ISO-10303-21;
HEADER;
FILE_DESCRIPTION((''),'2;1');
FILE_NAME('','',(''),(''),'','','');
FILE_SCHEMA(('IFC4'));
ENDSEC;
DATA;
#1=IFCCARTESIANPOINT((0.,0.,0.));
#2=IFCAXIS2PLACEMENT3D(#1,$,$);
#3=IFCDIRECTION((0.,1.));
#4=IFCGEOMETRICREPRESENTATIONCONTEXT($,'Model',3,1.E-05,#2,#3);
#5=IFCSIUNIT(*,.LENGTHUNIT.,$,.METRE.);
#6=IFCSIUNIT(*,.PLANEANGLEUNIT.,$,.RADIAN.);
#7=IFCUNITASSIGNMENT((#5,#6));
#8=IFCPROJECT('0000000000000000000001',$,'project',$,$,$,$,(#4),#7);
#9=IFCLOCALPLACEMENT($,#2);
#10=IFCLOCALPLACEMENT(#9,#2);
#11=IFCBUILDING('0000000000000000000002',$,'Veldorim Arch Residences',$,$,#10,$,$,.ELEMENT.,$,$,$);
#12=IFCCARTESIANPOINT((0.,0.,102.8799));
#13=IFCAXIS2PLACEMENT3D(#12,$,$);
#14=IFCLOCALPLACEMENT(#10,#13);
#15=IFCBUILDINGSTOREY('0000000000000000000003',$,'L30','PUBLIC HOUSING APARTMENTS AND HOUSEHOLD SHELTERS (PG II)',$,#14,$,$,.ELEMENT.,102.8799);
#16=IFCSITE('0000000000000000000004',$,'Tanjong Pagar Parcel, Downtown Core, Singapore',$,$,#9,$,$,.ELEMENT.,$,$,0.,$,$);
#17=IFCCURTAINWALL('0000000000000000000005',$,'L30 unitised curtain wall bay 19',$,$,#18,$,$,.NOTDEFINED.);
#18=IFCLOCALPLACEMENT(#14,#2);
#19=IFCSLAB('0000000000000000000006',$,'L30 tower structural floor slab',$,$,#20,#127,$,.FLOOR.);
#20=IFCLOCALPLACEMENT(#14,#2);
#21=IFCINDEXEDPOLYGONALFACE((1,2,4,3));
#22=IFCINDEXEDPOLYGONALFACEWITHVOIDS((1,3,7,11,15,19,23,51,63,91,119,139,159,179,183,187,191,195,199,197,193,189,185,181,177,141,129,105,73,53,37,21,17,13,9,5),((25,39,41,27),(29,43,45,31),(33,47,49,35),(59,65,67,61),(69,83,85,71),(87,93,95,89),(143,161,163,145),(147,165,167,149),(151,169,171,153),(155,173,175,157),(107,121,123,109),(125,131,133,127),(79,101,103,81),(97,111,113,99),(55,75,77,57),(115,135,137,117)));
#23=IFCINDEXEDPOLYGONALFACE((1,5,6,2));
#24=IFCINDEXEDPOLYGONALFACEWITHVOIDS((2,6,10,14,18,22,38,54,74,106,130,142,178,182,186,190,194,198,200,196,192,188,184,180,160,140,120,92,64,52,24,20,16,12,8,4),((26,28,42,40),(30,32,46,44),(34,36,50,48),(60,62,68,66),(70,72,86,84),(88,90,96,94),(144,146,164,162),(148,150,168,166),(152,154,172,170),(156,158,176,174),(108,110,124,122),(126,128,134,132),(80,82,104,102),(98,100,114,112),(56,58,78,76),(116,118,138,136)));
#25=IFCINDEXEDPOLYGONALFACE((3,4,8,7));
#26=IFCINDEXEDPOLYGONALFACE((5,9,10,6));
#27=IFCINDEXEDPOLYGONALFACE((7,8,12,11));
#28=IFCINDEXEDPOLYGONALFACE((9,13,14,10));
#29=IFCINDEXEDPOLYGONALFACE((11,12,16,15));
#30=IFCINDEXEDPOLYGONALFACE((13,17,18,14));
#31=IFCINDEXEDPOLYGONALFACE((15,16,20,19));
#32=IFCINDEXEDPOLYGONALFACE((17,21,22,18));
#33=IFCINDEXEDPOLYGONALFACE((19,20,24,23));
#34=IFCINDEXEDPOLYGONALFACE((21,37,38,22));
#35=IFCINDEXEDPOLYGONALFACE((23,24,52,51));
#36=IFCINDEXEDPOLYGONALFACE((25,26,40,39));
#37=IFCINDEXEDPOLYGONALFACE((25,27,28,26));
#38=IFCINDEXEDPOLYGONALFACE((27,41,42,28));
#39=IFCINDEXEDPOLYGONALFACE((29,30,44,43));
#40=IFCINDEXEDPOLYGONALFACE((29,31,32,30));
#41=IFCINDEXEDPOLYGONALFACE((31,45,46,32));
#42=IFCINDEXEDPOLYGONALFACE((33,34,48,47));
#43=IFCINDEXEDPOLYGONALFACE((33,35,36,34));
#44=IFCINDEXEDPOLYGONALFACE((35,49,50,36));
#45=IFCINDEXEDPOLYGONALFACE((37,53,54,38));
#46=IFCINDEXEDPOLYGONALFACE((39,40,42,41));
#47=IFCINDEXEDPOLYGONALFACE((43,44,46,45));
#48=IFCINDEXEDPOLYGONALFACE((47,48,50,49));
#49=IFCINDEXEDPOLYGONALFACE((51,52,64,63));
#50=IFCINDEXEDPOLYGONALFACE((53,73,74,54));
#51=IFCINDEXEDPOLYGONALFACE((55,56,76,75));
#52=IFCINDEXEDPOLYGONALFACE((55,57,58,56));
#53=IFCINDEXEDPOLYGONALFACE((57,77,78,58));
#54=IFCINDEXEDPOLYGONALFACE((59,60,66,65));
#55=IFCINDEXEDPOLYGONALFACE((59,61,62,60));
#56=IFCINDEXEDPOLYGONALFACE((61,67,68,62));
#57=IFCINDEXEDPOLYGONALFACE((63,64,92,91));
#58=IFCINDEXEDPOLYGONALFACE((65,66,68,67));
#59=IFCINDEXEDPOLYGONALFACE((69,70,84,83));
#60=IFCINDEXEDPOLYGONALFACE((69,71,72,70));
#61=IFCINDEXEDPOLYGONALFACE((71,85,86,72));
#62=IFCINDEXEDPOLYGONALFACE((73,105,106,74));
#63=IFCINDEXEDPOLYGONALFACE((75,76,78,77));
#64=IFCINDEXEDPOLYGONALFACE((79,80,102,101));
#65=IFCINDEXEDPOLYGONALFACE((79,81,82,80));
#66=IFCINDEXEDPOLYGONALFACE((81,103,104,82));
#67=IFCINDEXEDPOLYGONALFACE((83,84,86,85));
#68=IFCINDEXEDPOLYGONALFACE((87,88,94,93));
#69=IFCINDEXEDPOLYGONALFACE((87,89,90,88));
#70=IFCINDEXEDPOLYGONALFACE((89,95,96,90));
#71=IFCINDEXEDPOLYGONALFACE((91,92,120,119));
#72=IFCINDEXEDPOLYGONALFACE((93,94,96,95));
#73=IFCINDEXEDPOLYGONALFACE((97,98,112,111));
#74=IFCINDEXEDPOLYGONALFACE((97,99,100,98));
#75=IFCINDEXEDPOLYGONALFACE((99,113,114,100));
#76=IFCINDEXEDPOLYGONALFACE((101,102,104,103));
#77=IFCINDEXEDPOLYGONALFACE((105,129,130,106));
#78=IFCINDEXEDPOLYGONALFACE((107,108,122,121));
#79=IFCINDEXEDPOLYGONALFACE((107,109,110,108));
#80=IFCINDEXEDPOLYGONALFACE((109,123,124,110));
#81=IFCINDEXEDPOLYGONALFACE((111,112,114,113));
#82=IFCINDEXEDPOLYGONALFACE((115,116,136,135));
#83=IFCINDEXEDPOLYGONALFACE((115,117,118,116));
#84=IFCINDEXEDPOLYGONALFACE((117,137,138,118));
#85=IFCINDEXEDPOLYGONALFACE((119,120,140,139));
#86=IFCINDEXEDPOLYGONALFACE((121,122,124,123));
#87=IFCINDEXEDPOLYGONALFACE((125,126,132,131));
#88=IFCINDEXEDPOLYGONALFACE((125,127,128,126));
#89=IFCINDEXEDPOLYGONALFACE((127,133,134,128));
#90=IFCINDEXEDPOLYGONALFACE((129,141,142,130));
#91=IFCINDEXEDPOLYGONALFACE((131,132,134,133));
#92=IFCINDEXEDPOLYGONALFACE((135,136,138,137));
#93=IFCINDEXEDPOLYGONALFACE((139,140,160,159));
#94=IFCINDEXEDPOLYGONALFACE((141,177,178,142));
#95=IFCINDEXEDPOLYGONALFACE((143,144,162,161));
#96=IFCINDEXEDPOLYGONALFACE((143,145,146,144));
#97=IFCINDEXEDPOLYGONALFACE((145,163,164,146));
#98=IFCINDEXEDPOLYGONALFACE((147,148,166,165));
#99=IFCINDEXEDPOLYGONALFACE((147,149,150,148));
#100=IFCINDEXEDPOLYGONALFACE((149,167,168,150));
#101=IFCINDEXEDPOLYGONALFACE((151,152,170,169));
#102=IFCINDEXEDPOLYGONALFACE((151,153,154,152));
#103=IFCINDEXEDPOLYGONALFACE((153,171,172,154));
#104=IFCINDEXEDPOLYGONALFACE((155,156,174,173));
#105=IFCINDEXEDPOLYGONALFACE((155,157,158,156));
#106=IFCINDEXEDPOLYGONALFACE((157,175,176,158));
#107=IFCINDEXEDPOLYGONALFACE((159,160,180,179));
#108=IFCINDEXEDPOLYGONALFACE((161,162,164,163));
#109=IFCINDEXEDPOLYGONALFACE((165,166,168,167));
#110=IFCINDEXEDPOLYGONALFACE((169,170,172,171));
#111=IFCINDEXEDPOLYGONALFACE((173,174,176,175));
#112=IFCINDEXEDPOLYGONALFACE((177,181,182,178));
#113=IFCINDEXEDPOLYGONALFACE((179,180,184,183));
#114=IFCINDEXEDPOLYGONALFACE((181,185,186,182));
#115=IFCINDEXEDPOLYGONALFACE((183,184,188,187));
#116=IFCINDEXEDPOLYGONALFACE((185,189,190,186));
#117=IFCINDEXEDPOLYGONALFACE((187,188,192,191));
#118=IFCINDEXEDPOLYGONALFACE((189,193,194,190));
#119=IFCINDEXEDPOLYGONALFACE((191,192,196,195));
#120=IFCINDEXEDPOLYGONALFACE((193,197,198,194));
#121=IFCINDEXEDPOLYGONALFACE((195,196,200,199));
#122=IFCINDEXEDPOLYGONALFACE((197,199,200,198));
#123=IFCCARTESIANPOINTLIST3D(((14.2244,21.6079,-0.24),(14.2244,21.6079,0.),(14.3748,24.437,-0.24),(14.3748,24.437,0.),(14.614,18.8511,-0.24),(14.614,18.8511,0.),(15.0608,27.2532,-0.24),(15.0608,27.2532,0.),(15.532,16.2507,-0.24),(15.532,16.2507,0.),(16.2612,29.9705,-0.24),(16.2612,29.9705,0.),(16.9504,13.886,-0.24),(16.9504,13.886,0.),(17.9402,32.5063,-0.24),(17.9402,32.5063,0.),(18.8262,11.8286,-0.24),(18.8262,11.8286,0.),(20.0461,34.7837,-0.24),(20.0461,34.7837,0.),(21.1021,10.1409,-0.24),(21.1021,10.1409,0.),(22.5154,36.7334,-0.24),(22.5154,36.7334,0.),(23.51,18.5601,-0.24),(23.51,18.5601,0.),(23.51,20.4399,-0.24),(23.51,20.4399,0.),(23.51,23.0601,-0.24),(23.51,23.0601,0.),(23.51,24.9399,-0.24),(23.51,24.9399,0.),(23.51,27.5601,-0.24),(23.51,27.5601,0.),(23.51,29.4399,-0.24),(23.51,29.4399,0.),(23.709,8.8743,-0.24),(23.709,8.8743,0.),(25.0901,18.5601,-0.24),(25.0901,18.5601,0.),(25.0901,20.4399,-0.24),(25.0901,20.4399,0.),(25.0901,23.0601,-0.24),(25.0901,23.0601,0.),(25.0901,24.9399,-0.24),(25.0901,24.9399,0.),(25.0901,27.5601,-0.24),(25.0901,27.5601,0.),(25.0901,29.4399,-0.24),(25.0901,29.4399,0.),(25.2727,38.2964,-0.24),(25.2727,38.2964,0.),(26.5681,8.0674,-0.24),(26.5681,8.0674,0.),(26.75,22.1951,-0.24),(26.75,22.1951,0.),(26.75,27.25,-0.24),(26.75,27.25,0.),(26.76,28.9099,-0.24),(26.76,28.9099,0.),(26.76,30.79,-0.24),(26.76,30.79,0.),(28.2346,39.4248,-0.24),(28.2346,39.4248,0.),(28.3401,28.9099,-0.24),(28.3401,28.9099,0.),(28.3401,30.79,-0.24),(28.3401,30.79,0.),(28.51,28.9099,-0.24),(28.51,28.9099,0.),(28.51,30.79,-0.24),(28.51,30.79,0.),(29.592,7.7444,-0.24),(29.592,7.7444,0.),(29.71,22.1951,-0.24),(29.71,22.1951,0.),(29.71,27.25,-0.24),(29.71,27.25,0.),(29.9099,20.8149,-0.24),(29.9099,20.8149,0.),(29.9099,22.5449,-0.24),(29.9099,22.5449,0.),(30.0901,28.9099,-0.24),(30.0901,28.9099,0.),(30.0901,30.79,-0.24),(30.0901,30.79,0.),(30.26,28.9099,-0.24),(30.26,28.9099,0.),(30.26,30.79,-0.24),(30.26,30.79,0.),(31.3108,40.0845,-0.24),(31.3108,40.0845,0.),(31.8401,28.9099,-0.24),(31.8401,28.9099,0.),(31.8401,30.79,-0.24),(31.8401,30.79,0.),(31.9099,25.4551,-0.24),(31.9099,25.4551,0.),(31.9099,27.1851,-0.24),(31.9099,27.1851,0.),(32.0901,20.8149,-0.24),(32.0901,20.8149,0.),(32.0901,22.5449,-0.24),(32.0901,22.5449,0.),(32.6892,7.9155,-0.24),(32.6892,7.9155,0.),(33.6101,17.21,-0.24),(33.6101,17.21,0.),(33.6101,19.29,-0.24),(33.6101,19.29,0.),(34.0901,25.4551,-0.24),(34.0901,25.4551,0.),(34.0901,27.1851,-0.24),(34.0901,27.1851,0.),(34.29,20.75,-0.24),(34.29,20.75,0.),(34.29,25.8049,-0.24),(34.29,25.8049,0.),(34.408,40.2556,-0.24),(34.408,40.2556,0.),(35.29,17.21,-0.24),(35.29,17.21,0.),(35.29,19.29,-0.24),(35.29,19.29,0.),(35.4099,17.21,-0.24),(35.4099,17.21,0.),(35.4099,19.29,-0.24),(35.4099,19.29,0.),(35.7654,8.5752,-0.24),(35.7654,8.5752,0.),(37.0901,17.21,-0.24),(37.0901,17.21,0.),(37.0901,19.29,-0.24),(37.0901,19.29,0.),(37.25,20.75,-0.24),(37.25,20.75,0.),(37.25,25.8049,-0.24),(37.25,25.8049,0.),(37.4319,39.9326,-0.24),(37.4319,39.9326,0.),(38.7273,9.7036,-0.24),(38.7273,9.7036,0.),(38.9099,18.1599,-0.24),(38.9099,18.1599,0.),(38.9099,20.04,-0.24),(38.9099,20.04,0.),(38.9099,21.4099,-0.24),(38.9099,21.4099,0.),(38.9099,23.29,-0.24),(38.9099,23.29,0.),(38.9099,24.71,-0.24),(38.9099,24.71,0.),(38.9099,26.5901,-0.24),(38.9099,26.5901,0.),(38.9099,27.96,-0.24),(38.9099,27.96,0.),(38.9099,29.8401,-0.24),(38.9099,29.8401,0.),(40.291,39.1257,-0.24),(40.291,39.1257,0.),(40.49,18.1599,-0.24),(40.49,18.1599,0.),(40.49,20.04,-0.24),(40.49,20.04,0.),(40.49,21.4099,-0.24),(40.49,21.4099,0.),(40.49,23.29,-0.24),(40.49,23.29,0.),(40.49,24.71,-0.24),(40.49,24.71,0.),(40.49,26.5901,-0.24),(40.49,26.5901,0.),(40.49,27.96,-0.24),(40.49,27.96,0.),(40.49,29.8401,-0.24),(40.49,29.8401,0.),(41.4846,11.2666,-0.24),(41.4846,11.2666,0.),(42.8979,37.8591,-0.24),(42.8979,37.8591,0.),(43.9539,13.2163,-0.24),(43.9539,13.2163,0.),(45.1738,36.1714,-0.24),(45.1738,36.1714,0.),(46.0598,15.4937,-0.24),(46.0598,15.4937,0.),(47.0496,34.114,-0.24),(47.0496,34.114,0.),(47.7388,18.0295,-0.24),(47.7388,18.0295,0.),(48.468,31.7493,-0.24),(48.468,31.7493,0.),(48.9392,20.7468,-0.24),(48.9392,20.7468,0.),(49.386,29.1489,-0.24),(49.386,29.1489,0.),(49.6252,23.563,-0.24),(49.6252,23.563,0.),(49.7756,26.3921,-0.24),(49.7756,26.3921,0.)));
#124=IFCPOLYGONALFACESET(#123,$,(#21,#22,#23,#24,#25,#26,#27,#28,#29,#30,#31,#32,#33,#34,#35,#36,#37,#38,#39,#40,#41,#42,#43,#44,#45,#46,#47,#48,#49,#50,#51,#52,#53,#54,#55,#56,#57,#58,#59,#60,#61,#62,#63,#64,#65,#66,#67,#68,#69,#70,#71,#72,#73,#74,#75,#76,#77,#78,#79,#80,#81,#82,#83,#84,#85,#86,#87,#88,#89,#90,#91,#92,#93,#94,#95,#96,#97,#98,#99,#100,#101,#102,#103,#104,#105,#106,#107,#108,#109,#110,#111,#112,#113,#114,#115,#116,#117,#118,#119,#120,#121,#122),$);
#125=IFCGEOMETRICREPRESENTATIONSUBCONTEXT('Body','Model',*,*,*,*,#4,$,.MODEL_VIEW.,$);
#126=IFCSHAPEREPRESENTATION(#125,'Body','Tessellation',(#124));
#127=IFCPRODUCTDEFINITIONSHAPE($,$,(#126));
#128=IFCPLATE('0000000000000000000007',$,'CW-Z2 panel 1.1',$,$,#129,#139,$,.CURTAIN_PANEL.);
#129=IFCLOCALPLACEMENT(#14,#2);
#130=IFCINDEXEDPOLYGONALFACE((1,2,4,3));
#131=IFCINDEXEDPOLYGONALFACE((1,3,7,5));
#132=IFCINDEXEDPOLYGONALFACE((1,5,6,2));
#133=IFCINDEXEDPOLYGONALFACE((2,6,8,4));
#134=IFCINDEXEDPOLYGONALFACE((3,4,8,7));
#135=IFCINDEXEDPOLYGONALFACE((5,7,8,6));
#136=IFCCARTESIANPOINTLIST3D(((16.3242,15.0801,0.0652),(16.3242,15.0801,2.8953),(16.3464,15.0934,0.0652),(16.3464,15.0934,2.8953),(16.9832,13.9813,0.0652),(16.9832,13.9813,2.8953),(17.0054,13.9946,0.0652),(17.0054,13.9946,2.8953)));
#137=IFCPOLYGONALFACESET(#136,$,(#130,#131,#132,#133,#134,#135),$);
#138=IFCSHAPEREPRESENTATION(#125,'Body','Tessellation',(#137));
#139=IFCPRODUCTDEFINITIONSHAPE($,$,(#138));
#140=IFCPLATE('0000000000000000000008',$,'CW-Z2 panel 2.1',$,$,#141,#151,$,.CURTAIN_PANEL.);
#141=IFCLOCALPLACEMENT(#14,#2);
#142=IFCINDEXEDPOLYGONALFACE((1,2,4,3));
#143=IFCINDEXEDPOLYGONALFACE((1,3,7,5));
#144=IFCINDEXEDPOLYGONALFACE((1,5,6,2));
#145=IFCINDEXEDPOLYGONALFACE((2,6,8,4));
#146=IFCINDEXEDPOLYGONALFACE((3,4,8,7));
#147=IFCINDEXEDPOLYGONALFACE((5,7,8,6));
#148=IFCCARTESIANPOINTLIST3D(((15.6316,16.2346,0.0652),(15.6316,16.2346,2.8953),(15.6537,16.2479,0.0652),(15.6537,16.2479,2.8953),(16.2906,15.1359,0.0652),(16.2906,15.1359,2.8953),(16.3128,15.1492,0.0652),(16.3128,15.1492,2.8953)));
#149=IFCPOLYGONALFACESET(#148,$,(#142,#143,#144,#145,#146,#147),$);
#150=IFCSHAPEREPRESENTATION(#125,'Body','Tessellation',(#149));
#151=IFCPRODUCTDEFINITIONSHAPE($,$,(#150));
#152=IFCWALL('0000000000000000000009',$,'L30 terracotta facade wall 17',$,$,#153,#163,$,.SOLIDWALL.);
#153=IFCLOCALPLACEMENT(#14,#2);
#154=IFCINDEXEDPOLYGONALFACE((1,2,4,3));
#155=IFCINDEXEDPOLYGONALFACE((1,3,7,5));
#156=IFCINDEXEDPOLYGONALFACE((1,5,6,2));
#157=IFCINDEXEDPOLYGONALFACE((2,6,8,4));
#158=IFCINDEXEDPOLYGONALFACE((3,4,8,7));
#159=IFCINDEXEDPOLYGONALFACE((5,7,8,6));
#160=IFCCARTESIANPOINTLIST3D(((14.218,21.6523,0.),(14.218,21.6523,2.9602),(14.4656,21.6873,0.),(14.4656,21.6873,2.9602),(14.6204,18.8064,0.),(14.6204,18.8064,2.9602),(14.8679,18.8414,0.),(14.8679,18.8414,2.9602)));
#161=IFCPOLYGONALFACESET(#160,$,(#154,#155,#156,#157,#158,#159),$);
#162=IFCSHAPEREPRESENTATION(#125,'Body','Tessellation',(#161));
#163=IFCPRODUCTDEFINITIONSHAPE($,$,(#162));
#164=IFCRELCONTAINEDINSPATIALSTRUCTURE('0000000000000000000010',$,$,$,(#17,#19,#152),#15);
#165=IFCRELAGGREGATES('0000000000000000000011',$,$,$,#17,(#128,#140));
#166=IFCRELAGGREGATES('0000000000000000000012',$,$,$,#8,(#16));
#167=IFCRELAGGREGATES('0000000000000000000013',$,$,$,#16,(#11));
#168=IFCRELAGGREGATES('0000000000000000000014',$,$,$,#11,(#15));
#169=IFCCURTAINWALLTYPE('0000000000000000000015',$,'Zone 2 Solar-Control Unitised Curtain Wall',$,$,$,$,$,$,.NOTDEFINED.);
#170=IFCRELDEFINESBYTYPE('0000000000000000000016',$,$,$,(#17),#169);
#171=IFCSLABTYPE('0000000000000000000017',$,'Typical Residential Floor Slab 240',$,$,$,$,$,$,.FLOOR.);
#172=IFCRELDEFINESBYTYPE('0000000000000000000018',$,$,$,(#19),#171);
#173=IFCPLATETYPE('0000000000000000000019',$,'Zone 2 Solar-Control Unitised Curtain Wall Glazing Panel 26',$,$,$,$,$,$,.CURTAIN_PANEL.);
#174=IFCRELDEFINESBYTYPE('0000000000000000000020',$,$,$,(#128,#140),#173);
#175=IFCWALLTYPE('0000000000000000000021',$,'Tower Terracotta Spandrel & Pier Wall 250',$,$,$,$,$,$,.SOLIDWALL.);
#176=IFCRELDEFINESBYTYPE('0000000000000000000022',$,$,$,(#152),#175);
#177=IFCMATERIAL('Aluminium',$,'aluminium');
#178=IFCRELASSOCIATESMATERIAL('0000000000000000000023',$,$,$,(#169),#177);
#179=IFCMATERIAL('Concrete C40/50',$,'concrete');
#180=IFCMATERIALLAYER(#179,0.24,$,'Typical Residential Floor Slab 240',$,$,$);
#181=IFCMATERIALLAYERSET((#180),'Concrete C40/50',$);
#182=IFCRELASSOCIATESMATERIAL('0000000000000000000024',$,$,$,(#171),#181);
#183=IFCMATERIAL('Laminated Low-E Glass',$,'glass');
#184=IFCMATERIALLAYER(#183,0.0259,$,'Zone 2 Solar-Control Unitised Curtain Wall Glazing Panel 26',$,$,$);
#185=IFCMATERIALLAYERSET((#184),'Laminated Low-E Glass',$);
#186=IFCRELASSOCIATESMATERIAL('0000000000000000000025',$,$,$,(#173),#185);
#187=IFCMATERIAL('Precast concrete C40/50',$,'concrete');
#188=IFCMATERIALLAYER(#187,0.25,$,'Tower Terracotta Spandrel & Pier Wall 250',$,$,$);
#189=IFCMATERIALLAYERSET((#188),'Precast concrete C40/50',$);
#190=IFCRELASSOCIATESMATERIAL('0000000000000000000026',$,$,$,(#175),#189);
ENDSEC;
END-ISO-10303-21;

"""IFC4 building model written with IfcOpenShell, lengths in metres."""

from ifc_helpers import new_model, si_unit, direction, frame, frame_2d, origin, origin_2d, place, context, subcontext, project, spatial, polyline, rectangle, outline, extrude, material, layer, layer_set, type_object, element, aggregate, save


model = new_model("IFC4")

# Units and contexts
model_context = context("Model", 3, precision=1e-05, world=origin(), true_north=direction((0.0, 1.0)))
body_context = subcontext(model_context, "Body", "Model", "MODEL_VIEW")
ifc_project = project(units=[si_unit("LENGTHUNIT", "METRE"), si_unit("PLANEANGLEUNIT", "RADIAN")], contexts=[model_context])

# Site, building, storey
site_placement = place(None, origin())
site = spatial("IfcSite", under=ifc_project, at=site_placement, Name="Tanjong Pagar Parcel, Downtown Core, Singapore", CompositionType="ELEMENT", RefElevation=0.0)
building_placement = place(site_placement, origin())
building = spatial("IfcBuilding", under=site, at=building_placement, Name="Veldorim Arch Residences", CompositionType="ELEMENT")
storey_placement = place(building_placement, frame((0.0, 0.0, 102.8799)))
storey = spatial("IfcBuildingStorey", under=building, at=storey_placement, Name="L30", Description="PUBLIC HOUSING APARTMENTS AND HOUSEHOLD SHELTERS (PG II)", CompositionType="ELEMENT", Elevation=102.8799)

# Curtain wall
ifc_material_1 = material(Name="Aluminium", Category="aluminium")
curtain_wall_type = type_object("IfcCurtainWallType", Name="Zone 2 Solar-Control Unitised Curtain Wall", PredefinedType="NOTDEFINED", material=ifc_material_1)
curtain_wall_placement = place(storey_placement, origin())
curtain_wall = element("IfcCurtainWall", 1, at=curtain_wall_placement, inside=storey, type_object=curtain_wall_type, Name="L30 unitised curtain wall bay 19", PredefinedType="NOTDEFINED")

# Slab
ifc_material_2 = material(Name="Concrete C40/50", Category="concrete")
ifc_layer_1 = layer(ifc_material_2, 0.24, Name="Typical Residential Floor Slab 240")
ifc_layer_set_1 = layer_set([ifc_layer_1], Name="Concrete C40/50")
slab_type_1 = type_object("IfcSlabType", Name="Typical Residential Floor Slab 240", PredefinedType="FLOOR", material=ifc_layer_set_1)
slab_1_placement = place(storey_placement, frame((0.0, 0.0, -0.24)))
element("IfcSlab", 2, at=slab_1_placement, inside=storey, type_object=slab_type_1, Name="L30 tower structural floor slab", PredefinedType="FLOOR", context=body_context, shape_type="SweptSolid", body=[
    extrude(outline(polyline([(48.468, 31.7493), (47.0496, 34.114), (45.1738, 36.1714), (42.8979, 37.8591), (40.291, 39.1257), (37.4319, 39.9326), (34.408, 40.2556), (31.3108, 40.0845), (28.2346, 39.4248), (25.2727, 38.2964), (22.5154, 36.7334), (20.0461, 34.7837), (17.9402, 32.5063), (16.2612, 29.9705), (15.0608, 27.2532), (14.3748, 24.437), (14.2244, 21.6079), (14.614, 18.8511), (15.532, 16.2507), (16.9504, 13.886), (18.8262, 11.8286), (21.1021, 10.1409), (23.709, 8.8743), (26.5681, 8.0674), (29.592, 7.7444), (32.6892, 7.9155), (35.7654, 8.5752), (38.7273, 9.7036), (41.4846, 11.2666), (43.9539, 13.2163), (46.0598, 15.4937), (47.7388, 18.0295), (48.9392, 20.7468), (49.6252, 23.563), (49.7756, 26.3921), (49.386, 29.1489), (48.468, 31.7493)]), holes=[polyline([(23.51, 20.4399), (25.0901, 20.4399), (25.0901, 18.5601), (23.51, 18.5601), (23.51, 20.4399)]), polyline([(29.9099, 22.5449), (32.0901, 22.5449), (32.0901, 20.8149), (29.9099, 20.8149), (29.9099, 22.5449)]), polyline([(23.51, 24.9399), (25.0901, 24.9399), (25.0901, 23.0601), (23.51, 23.0601), (23.51, 24.9399)]), polyline([(26.75, 27.25), (29.71, 27.25), (29.71, 22.1951), (26.75, 22.1951), (26.75, 27.25)]), polyline([(23.51, 29.4399), (25.0901, 29.4399), (25.0901, 27.5601), (23.51, 27.5601), (23.51, 29.4399)]), polyline([(26.76, 30.79), (28.3401, 30.79), (28.3401, 28.9099), (26.76, 28.9099), (26.76, 30.79)]), polyline([(28.51, 30.79), (30.0901, 30.79), (30.0901, 28.9099), (28.51, 28.9099), (28.51, 30.79)]), polyline([(30.26, 30.79), (31.8401, 30.79), (31.8401, 28.9099), (30.26, 28.9099), (30.26, 30.79)]), polyline([(33.6101, 19.29), (35.29, 19.29), (35.29, 17.21), (33.6101, 17.21), (33.6101, 19.29)]), polyline([(35.4099, 19.29), (37.0901, 19.29), (37.0901, 17.21), (35.4099, 17.21), (35.4099, 19.29)]), polyline([(38.9099, 20.04), (40.49, 20.04), (40.49, 18.1599), (38.9099, 18.1599), (38.9099, 20.04)]), polyline([(38.9099, 23.29), (40.49, 23.29), (40.49, 21.4099), (38.9099, 21.4099), (38.9099, 23.29)]), polyline([(34.29, 25.8049), (37.25, 25.8049), (37.25, 20.75), (34.29, 20.75), (34.29, 25.8049)]), polyline([(38.9099, 26.5901), (40.49, 26.5901), (40.49, 24.71), (38.9099, 24.71), (38.9099, 26.5901)]), polyline([(31.9099, 27.1851), (34.0901, 27.1851), (34.0901, 25.4551), (31.9099, 25.4551), (31.9099, 27.1851)]), polyline([(38.9099, 29.8401), (40.49, 29.8401), (40.49, 27.96), (38.9099, 27.96), (38.9099, 29.8401)])]), origin(), (0.0, 0.0, 1.0), 0.24),
])

# Plates
ifc_material_3 = material(Name="Laminated Low-E Glass", Category="glass")
ifc_layer_2 = layer(ifc_material_3, 0.0259, Name="Zone 2 Solar-Control Unitised Curtain Wall Glazing Panel 26")
ifc_layer_set_2 = layer_set([ifc_layer_2], Name="Laminated Low-E Glass")
plate_type = type_object("IfcPlateType", Name="Zone 2 Solar-Control Unitised Curtain Wall Glazing Panel 26", PredefinedType="CURTAIN_PANEL", material=ifc_layer_set_2)
plate_1_placement = place(storey_placement, frame((16.6648, 14.5374, 0.0652), z_axis=(0.0, 0.0, 1.0), x_axis=(-0.514368, 0.85757, 0.0)))
plate_1 = element("IfcPlate", 3, at=plate_1_placement, type_object=plate_type, Name="CW-Z2 panel 1.1", PredefinedType="CURTAIN_PANEL", context=body_context, shape_type="SweptSolid", body=[
    extrude(rectangle(XDim=1.2812, YDim=0.0259, at=origin_2d()), origin(), (0.0, 0.0, 1.0), 2.8301),
])
plate_2_placement = place(storey_placement, frame((15.9722, 15.6919, 0.0652), z_axis=(0.0, 0.0, 1.0), x_axis=(-0.514368, 0.85757, 0.0)))
plate_2 = element("IfcPlate", 4, at=plate_2_placement, type_object=plate_type, Name="CW-Z2 panel 2.1", PredefinedType="CURTAIN_PANEL", context=body_context, shape_type="SweptSolid", body=[
    extrude(rectangle(XDim=1.2812, YDim=0.0259, at=origin_2d()), origin(), (0.0, 0.0, 1.0), 2.8301),
])
aggregate(curtain_wall, [plate_1, plate_2])

# Wall
ifc_material_4 = material(Name="Precast concrete C40/50", Category="concrete")
ifc_layer_3 = layer(ifc_material_4, 0.25, Name="Tower Terracotta Spandrel & Pier Wall 250")
ifc_layer_set_3 = layer_set([ifc_layer_3], Name="Precast concrete C40/50")
wall_type = type_object("IfcWallType", Name="Tower Terracotta Spandrel & Pier Wall 250", PredefinedType="SOLIDWALL", material=ifc_layer_set_3)
wall_1_placement = place(storey_placement, frame((14.7441, 18.824, 0.0), z_axis=(0.0, 0.0, 1.0), x_axis=(-0.139982, 0.990154, 0.0)))
element("IfcWall", 5, at=wall_1_placement, inside=storey, type_object=wall_type, Name="L30 terracotta facade wall 17", PredefinedType="SOLIDWALL", context=body_context, shape_type="SweptSolid", body=[
    extrude(rectangle(XDim=2.8743, YDim=0.25, at=frame_2d((1.437, 0.0))), origin(), (0.0, 0.0, 1.0), 2.9602),
])

save(model, "model.ifc")
